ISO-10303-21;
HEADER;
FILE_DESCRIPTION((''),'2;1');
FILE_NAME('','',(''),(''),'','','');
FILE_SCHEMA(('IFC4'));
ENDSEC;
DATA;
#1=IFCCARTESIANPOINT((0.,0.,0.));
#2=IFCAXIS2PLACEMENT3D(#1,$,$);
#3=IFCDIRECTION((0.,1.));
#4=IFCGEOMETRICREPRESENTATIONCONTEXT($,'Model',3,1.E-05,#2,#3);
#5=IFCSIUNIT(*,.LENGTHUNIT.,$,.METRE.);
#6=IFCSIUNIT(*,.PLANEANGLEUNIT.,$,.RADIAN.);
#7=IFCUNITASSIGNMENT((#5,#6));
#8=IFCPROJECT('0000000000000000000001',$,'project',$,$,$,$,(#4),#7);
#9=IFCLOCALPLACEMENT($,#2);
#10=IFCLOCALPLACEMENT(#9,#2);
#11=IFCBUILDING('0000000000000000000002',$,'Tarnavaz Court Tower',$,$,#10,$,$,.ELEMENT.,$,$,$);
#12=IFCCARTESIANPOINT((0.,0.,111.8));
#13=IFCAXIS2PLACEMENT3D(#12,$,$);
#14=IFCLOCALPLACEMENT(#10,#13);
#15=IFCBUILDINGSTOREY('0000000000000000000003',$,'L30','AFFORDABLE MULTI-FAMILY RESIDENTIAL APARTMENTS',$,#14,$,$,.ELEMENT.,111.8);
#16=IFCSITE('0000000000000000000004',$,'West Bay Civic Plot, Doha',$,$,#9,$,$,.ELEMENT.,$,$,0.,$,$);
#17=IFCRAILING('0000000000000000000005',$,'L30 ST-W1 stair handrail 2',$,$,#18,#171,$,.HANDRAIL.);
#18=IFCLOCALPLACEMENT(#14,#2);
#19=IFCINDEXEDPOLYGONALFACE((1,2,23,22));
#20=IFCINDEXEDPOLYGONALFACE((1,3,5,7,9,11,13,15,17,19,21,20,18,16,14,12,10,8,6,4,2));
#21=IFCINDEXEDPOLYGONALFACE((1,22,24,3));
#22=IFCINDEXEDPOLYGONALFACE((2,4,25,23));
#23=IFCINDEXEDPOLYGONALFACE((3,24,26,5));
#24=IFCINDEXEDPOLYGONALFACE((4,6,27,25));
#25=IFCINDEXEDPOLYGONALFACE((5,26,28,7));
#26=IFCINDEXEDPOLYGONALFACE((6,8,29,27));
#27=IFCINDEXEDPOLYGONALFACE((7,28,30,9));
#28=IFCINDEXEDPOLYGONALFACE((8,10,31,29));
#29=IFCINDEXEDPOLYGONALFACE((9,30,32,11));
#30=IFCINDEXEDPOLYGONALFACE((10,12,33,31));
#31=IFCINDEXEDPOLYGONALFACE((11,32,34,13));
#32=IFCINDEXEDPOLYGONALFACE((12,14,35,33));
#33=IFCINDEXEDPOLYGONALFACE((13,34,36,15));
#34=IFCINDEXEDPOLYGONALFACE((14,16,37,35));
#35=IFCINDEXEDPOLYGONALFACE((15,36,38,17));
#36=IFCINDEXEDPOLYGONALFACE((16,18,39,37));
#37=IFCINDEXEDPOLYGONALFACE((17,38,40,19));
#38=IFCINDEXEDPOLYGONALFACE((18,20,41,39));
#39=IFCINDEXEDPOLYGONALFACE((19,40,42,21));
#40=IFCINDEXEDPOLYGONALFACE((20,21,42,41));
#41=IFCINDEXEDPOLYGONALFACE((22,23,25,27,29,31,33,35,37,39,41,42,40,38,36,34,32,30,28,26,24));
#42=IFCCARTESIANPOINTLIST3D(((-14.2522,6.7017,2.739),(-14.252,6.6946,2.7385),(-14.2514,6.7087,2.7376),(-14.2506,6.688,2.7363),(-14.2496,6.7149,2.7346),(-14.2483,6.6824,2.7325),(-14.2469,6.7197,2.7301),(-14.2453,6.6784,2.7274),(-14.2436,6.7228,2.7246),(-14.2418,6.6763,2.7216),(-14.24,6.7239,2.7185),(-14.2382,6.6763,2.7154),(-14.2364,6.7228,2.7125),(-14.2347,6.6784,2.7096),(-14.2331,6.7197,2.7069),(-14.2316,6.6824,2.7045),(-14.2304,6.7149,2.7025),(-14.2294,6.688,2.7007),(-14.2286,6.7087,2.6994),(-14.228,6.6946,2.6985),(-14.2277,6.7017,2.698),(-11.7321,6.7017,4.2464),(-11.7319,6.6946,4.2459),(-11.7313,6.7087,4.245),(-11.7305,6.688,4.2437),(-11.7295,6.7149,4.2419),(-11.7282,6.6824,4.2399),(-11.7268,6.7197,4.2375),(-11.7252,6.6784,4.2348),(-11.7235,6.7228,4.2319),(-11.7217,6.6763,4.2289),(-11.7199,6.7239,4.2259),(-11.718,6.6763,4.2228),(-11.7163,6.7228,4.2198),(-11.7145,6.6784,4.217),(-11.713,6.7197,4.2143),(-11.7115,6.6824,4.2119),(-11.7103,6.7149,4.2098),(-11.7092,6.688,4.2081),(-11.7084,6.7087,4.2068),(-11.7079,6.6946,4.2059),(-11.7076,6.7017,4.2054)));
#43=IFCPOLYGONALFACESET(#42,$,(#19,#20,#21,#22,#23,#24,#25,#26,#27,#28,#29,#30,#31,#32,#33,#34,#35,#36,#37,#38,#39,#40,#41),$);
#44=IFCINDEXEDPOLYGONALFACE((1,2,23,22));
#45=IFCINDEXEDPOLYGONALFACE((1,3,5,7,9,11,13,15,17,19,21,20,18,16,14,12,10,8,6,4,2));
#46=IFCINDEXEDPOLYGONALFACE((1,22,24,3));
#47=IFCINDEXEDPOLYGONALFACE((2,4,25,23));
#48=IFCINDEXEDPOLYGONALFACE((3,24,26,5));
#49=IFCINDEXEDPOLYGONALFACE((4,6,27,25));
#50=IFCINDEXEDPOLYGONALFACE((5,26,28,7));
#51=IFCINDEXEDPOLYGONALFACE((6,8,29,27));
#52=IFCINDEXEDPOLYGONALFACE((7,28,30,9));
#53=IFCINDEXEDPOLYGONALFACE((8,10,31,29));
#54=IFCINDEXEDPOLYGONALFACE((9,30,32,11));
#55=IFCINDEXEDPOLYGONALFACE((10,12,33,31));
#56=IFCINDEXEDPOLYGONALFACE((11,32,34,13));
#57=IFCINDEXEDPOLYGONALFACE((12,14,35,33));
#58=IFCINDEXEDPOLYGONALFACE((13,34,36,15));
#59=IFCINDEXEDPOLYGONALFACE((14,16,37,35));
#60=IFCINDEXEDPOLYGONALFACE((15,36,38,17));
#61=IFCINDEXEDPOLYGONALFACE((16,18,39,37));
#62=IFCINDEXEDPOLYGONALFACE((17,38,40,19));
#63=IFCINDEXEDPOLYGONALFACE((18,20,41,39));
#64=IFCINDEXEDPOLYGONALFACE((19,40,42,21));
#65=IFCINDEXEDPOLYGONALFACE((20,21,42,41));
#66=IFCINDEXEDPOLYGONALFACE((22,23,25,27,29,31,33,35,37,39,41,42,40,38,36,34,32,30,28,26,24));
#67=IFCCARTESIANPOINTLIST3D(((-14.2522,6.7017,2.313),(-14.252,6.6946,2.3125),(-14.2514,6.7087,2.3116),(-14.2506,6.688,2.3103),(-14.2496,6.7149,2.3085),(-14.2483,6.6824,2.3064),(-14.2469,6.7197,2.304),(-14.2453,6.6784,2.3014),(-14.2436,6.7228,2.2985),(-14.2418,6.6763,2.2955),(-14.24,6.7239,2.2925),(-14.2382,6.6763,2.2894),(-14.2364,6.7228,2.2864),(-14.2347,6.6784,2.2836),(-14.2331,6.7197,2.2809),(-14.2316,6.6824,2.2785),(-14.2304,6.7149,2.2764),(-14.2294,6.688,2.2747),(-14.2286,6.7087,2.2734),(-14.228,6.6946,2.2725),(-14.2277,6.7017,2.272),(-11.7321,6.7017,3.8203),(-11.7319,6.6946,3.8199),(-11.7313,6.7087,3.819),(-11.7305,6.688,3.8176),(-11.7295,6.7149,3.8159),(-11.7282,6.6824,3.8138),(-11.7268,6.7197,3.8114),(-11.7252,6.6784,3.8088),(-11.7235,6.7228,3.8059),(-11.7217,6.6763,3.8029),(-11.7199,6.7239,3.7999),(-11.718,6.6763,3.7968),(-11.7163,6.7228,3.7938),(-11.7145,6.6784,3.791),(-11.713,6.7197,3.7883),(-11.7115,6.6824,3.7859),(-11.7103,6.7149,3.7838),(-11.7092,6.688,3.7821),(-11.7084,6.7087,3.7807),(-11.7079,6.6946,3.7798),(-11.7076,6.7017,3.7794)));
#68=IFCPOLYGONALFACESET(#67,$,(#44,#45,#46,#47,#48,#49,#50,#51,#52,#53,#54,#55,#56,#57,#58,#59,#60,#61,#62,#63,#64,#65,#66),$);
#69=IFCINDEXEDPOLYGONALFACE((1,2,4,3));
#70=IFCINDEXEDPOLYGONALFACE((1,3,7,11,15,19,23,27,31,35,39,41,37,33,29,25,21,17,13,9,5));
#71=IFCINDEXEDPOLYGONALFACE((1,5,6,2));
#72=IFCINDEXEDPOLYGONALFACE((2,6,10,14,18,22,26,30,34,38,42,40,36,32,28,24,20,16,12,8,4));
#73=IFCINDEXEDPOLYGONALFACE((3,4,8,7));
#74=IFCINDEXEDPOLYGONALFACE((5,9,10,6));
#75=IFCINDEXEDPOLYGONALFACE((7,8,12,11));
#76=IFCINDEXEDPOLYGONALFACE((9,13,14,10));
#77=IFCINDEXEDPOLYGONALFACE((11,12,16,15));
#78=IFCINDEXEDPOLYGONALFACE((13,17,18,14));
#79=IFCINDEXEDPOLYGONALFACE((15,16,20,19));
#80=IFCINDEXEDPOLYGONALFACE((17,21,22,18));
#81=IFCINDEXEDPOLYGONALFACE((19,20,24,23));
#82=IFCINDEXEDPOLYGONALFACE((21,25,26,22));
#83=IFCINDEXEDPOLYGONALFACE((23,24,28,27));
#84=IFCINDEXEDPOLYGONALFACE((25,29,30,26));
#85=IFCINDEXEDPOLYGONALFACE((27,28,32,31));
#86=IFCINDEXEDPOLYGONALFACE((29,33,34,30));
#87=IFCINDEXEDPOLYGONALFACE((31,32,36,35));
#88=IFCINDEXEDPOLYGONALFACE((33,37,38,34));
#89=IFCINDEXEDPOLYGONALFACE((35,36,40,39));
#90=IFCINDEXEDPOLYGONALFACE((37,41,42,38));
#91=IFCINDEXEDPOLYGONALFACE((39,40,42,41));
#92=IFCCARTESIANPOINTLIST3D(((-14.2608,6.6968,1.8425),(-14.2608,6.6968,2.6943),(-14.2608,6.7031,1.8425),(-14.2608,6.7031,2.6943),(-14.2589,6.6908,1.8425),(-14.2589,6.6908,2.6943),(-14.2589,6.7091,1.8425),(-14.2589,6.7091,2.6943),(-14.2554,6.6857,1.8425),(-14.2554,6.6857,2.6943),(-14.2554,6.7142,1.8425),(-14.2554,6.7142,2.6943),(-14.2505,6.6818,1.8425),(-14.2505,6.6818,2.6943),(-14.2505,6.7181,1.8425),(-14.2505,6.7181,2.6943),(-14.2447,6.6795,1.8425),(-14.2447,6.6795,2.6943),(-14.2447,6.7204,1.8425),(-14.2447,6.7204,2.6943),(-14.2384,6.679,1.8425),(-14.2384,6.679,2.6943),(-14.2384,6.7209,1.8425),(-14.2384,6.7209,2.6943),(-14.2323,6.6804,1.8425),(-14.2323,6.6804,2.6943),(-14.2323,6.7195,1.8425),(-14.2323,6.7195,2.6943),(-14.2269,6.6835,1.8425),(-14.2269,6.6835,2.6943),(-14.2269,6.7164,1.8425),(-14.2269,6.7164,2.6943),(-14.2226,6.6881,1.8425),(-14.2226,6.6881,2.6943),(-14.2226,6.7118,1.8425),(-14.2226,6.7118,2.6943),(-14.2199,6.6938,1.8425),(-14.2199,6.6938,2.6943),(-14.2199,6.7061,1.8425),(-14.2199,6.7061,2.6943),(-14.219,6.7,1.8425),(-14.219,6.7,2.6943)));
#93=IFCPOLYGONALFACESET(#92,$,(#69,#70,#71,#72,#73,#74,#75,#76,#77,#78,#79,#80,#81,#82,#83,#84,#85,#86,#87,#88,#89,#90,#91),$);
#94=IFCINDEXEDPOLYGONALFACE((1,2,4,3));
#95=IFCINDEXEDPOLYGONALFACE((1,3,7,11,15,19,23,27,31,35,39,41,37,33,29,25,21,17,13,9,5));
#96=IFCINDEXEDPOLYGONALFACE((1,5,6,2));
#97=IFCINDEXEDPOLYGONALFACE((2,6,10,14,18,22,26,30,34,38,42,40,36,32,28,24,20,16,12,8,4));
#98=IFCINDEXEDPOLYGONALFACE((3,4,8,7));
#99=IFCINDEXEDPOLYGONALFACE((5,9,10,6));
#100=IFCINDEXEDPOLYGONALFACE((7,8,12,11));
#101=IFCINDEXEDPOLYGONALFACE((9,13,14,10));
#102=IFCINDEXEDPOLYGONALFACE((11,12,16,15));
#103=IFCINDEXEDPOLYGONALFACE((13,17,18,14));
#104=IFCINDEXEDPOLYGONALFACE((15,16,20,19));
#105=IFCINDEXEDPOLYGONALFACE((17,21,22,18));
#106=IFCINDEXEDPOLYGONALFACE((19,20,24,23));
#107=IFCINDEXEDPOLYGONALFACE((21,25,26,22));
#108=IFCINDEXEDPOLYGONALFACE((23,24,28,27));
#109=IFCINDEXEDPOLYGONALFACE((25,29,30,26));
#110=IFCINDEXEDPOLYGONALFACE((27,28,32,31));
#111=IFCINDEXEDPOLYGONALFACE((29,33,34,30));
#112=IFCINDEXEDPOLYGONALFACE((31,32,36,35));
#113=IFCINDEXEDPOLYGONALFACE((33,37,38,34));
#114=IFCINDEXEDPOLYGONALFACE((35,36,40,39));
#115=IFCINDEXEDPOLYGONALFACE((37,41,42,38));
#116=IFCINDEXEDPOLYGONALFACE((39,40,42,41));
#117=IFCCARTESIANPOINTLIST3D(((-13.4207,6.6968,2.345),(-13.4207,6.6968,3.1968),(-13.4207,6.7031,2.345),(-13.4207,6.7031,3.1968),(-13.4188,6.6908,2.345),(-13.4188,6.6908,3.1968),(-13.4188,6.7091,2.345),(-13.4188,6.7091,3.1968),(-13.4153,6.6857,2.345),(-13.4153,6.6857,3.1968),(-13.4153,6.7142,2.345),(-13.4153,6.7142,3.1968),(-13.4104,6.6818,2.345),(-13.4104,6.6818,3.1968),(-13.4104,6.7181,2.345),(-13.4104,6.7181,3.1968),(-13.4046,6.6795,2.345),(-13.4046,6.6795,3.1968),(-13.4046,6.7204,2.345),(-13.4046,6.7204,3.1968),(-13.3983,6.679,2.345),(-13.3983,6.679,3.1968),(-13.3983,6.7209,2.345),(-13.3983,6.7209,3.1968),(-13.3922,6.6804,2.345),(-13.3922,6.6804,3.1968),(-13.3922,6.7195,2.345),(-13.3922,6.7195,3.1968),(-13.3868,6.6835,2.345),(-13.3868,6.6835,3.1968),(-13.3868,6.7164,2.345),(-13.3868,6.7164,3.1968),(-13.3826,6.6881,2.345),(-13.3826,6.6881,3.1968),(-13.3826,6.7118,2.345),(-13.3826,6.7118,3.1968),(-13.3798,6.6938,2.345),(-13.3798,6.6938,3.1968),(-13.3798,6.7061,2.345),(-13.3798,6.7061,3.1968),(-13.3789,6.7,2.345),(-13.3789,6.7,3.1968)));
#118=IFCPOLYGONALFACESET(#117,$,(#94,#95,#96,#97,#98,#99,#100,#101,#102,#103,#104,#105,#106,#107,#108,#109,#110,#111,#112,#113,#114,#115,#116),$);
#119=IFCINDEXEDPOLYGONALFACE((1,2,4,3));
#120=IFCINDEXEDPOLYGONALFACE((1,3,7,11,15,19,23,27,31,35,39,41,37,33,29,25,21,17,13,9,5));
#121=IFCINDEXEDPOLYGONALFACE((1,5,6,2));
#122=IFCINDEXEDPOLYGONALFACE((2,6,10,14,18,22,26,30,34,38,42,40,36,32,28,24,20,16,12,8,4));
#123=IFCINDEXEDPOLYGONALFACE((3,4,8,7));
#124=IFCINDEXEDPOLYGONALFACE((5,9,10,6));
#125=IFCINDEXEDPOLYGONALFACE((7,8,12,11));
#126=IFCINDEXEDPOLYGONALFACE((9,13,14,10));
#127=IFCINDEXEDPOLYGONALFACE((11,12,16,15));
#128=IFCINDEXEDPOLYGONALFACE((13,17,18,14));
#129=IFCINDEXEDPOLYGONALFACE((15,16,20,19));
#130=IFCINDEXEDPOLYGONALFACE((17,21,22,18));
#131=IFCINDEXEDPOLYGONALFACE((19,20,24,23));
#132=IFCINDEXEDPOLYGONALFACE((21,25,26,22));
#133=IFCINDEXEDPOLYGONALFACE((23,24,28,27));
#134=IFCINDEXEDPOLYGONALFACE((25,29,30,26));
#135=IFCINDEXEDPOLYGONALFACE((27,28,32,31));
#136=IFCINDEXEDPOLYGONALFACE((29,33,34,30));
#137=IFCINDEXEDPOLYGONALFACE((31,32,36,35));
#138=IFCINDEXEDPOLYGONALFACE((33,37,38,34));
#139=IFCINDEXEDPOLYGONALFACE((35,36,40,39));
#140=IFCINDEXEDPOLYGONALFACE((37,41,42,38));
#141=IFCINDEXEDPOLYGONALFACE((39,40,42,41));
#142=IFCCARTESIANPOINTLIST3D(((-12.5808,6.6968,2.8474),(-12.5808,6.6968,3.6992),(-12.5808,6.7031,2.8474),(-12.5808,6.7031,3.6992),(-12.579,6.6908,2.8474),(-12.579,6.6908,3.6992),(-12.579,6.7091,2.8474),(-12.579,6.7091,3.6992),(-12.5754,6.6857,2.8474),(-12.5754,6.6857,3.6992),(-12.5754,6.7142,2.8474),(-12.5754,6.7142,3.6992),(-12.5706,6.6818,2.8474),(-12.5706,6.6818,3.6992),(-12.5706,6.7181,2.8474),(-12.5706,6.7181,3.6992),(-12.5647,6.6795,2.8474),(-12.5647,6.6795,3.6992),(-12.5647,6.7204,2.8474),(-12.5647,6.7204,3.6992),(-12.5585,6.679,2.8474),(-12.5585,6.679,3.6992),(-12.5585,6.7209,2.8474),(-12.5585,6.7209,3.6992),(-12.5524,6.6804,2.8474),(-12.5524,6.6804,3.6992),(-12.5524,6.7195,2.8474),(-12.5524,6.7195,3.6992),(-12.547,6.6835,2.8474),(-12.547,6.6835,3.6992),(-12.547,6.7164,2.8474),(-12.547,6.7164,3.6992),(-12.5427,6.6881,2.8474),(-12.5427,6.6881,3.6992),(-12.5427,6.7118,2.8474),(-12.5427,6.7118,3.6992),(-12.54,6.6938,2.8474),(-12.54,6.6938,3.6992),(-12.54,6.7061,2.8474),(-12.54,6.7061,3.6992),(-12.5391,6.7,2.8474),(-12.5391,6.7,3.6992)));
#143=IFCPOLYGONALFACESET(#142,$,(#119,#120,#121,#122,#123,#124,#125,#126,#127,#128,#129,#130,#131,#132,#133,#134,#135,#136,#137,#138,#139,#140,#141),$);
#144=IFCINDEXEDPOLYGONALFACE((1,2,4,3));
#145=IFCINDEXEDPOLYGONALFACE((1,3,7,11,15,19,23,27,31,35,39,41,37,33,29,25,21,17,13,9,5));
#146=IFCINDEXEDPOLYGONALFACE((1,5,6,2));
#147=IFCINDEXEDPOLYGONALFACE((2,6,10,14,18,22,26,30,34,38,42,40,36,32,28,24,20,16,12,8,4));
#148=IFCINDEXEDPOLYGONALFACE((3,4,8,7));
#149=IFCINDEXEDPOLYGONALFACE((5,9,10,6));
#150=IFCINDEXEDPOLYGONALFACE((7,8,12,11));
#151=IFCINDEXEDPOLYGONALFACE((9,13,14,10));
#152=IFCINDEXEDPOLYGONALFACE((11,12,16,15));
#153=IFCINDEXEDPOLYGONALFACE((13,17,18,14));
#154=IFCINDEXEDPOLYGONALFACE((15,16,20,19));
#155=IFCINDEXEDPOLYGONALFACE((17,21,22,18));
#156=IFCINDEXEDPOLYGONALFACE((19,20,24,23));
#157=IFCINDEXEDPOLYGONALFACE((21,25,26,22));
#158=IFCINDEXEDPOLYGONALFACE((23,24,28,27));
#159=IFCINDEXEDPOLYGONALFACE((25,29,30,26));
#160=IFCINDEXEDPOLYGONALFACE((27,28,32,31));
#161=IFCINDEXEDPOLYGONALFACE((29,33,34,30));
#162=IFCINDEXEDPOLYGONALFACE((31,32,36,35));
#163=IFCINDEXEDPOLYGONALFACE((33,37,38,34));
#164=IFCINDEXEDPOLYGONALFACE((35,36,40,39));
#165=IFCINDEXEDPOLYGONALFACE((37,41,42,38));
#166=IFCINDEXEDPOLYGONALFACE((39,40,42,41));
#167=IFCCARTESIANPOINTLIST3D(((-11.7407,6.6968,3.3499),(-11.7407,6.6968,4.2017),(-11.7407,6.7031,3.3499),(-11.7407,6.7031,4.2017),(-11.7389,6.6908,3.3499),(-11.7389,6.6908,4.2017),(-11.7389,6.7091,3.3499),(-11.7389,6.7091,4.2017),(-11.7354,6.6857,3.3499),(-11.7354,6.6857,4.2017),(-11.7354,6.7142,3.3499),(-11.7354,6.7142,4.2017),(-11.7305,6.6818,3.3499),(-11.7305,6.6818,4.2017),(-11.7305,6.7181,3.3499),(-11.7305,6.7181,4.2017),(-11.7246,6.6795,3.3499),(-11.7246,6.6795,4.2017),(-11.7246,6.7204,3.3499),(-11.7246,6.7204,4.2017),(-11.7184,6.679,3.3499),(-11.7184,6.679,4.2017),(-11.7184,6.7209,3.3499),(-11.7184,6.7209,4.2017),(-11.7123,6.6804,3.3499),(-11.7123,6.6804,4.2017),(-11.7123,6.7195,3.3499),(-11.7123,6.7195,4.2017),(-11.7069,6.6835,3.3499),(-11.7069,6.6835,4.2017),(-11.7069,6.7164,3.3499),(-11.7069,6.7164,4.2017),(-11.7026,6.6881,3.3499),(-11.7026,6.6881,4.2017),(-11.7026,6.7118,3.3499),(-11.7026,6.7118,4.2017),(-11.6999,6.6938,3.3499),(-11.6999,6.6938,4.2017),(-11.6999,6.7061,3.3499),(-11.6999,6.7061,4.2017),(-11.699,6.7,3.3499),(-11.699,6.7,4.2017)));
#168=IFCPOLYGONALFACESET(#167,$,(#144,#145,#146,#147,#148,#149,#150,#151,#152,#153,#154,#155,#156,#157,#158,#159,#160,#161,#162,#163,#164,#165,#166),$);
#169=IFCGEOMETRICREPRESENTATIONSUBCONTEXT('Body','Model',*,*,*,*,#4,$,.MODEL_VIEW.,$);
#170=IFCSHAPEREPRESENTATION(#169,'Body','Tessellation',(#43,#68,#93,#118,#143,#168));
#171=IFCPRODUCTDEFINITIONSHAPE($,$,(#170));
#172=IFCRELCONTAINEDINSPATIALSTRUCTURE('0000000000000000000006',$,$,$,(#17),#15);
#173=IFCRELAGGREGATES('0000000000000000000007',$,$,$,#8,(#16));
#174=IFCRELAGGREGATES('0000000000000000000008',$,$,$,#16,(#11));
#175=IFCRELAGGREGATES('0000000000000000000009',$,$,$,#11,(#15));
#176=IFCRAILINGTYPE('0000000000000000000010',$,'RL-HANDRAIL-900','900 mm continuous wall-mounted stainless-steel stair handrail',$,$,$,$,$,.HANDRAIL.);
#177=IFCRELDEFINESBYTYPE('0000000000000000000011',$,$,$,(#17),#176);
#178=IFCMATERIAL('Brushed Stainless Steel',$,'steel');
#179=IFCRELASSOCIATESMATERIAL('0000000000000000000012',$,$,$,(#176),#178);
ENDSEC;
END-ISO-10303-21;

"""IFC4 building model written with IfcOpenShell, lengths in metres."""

from ifc_helpers import new_model, si_unit, direction, frame, origin, origin_2d, place, context, subcontext, project, spatial, circle, extrude, material, type_object, element, save


model = new_model("IFC4")

# Units and contexts
model_context = context("Model", 3, precision=1e-05, world=origin(), true_north=direction((0.0, 1.0)))
body_context = subcontext(model_context, "Body", "Model", "MODEL_VIEW")
ifc_project = project(units=[si_unit("LENGTHUNIT", "METRE"), si_unit("PLANEANGLEUNIT", "RADIAN")], contexts=[model_context])

# Site, building, storey
site_placement = place(None, origin())
site = spatial("IfcSite", under=ifc_project, at=site_placement, Name="West Bay Civic Plot, Doha", CompositionType="ELEMENT", RefElevation=0.0)
building_placement = place(site_placement, origin())
building = spatial("IfcBuilding", under=site, at=building_placement, Name="Tarnavaz Court Tower", CompositionType="ELEMENT")
storey_placement = place(building_placement, frame((0.0, 0.0, 111.8)))
storey = spatial("IfcBuildingStorey", under=building, at=storey_placement, Name="L30", Description="AFFORDABLE MULTI-FAMILY RESIDENTIAL APARTMENTS", CompositionType="ELEMENT", Elevation=111.8)

# Railing
ifc_material_1 = material(Name="Brushed Stainless Steel", Category="steel")
railing_type_1 = type_object("IfcRailingType", Name="RL-HANDRAIL-900", Description="900 mm continuous wall-mounted stainless-steel stair handrail", PredefinedType="HANDRAIL", material=ifc_material_1)
railing_1_placement = place(storey_placement, frame((-14.24, 6.7, 1.8425)))
element("IfcRailing", 1, at=railing_1_placement, inside=storey, type_object=railing_type_1, Name="L30 ST-W1 stair handrail 2", PredefinedType="HANDRAIL", context=body_context, shape_type="SweptSolid", body=[
    extrude(circle(Radius=0.0239, at=origin_2d()), frame((0.0, 0.0, 0.876), z_axis=(0.858196, 0.0, 0.513321), x_axis=(0.0, 1.0, 0.0)), (0.0, 0.0, 1.0), 2.9365),
    extrude(circle(Radius=0.0239, at=origin_2d()), frame((0.0, 0.0, 0.45), z_axis=(0.858196, 0.0, 0.513321), x_axis=(0.0, 1.0, 0.0)), (0.0, 0.0, 1.0), 2.9365),
    extrude(circle(Radius=0.021, at=origin_2d()), origin(), (0.0, 0.0, 1.0), 0.8518),
    extrude(circle(Radius=0.021, at=origin_2d()), frame((0.8401, 0.0, 0.5024)), (0.0, 0.0, 1.0), 0.8518),
    extrude(circle(Radius=0.021, at=origin_2d()), frame((1.6799, 0.0, 1.0049)), (0.0, 0.0, 1.0), 0.8518),
    extrude(circle(Radius=0.021, at=origin_2d()), frame((2.52, 0.0, 1.5073)), (0.0, 0.0, 1.0), 0.8518),
])

save(model, "model.ifc")
